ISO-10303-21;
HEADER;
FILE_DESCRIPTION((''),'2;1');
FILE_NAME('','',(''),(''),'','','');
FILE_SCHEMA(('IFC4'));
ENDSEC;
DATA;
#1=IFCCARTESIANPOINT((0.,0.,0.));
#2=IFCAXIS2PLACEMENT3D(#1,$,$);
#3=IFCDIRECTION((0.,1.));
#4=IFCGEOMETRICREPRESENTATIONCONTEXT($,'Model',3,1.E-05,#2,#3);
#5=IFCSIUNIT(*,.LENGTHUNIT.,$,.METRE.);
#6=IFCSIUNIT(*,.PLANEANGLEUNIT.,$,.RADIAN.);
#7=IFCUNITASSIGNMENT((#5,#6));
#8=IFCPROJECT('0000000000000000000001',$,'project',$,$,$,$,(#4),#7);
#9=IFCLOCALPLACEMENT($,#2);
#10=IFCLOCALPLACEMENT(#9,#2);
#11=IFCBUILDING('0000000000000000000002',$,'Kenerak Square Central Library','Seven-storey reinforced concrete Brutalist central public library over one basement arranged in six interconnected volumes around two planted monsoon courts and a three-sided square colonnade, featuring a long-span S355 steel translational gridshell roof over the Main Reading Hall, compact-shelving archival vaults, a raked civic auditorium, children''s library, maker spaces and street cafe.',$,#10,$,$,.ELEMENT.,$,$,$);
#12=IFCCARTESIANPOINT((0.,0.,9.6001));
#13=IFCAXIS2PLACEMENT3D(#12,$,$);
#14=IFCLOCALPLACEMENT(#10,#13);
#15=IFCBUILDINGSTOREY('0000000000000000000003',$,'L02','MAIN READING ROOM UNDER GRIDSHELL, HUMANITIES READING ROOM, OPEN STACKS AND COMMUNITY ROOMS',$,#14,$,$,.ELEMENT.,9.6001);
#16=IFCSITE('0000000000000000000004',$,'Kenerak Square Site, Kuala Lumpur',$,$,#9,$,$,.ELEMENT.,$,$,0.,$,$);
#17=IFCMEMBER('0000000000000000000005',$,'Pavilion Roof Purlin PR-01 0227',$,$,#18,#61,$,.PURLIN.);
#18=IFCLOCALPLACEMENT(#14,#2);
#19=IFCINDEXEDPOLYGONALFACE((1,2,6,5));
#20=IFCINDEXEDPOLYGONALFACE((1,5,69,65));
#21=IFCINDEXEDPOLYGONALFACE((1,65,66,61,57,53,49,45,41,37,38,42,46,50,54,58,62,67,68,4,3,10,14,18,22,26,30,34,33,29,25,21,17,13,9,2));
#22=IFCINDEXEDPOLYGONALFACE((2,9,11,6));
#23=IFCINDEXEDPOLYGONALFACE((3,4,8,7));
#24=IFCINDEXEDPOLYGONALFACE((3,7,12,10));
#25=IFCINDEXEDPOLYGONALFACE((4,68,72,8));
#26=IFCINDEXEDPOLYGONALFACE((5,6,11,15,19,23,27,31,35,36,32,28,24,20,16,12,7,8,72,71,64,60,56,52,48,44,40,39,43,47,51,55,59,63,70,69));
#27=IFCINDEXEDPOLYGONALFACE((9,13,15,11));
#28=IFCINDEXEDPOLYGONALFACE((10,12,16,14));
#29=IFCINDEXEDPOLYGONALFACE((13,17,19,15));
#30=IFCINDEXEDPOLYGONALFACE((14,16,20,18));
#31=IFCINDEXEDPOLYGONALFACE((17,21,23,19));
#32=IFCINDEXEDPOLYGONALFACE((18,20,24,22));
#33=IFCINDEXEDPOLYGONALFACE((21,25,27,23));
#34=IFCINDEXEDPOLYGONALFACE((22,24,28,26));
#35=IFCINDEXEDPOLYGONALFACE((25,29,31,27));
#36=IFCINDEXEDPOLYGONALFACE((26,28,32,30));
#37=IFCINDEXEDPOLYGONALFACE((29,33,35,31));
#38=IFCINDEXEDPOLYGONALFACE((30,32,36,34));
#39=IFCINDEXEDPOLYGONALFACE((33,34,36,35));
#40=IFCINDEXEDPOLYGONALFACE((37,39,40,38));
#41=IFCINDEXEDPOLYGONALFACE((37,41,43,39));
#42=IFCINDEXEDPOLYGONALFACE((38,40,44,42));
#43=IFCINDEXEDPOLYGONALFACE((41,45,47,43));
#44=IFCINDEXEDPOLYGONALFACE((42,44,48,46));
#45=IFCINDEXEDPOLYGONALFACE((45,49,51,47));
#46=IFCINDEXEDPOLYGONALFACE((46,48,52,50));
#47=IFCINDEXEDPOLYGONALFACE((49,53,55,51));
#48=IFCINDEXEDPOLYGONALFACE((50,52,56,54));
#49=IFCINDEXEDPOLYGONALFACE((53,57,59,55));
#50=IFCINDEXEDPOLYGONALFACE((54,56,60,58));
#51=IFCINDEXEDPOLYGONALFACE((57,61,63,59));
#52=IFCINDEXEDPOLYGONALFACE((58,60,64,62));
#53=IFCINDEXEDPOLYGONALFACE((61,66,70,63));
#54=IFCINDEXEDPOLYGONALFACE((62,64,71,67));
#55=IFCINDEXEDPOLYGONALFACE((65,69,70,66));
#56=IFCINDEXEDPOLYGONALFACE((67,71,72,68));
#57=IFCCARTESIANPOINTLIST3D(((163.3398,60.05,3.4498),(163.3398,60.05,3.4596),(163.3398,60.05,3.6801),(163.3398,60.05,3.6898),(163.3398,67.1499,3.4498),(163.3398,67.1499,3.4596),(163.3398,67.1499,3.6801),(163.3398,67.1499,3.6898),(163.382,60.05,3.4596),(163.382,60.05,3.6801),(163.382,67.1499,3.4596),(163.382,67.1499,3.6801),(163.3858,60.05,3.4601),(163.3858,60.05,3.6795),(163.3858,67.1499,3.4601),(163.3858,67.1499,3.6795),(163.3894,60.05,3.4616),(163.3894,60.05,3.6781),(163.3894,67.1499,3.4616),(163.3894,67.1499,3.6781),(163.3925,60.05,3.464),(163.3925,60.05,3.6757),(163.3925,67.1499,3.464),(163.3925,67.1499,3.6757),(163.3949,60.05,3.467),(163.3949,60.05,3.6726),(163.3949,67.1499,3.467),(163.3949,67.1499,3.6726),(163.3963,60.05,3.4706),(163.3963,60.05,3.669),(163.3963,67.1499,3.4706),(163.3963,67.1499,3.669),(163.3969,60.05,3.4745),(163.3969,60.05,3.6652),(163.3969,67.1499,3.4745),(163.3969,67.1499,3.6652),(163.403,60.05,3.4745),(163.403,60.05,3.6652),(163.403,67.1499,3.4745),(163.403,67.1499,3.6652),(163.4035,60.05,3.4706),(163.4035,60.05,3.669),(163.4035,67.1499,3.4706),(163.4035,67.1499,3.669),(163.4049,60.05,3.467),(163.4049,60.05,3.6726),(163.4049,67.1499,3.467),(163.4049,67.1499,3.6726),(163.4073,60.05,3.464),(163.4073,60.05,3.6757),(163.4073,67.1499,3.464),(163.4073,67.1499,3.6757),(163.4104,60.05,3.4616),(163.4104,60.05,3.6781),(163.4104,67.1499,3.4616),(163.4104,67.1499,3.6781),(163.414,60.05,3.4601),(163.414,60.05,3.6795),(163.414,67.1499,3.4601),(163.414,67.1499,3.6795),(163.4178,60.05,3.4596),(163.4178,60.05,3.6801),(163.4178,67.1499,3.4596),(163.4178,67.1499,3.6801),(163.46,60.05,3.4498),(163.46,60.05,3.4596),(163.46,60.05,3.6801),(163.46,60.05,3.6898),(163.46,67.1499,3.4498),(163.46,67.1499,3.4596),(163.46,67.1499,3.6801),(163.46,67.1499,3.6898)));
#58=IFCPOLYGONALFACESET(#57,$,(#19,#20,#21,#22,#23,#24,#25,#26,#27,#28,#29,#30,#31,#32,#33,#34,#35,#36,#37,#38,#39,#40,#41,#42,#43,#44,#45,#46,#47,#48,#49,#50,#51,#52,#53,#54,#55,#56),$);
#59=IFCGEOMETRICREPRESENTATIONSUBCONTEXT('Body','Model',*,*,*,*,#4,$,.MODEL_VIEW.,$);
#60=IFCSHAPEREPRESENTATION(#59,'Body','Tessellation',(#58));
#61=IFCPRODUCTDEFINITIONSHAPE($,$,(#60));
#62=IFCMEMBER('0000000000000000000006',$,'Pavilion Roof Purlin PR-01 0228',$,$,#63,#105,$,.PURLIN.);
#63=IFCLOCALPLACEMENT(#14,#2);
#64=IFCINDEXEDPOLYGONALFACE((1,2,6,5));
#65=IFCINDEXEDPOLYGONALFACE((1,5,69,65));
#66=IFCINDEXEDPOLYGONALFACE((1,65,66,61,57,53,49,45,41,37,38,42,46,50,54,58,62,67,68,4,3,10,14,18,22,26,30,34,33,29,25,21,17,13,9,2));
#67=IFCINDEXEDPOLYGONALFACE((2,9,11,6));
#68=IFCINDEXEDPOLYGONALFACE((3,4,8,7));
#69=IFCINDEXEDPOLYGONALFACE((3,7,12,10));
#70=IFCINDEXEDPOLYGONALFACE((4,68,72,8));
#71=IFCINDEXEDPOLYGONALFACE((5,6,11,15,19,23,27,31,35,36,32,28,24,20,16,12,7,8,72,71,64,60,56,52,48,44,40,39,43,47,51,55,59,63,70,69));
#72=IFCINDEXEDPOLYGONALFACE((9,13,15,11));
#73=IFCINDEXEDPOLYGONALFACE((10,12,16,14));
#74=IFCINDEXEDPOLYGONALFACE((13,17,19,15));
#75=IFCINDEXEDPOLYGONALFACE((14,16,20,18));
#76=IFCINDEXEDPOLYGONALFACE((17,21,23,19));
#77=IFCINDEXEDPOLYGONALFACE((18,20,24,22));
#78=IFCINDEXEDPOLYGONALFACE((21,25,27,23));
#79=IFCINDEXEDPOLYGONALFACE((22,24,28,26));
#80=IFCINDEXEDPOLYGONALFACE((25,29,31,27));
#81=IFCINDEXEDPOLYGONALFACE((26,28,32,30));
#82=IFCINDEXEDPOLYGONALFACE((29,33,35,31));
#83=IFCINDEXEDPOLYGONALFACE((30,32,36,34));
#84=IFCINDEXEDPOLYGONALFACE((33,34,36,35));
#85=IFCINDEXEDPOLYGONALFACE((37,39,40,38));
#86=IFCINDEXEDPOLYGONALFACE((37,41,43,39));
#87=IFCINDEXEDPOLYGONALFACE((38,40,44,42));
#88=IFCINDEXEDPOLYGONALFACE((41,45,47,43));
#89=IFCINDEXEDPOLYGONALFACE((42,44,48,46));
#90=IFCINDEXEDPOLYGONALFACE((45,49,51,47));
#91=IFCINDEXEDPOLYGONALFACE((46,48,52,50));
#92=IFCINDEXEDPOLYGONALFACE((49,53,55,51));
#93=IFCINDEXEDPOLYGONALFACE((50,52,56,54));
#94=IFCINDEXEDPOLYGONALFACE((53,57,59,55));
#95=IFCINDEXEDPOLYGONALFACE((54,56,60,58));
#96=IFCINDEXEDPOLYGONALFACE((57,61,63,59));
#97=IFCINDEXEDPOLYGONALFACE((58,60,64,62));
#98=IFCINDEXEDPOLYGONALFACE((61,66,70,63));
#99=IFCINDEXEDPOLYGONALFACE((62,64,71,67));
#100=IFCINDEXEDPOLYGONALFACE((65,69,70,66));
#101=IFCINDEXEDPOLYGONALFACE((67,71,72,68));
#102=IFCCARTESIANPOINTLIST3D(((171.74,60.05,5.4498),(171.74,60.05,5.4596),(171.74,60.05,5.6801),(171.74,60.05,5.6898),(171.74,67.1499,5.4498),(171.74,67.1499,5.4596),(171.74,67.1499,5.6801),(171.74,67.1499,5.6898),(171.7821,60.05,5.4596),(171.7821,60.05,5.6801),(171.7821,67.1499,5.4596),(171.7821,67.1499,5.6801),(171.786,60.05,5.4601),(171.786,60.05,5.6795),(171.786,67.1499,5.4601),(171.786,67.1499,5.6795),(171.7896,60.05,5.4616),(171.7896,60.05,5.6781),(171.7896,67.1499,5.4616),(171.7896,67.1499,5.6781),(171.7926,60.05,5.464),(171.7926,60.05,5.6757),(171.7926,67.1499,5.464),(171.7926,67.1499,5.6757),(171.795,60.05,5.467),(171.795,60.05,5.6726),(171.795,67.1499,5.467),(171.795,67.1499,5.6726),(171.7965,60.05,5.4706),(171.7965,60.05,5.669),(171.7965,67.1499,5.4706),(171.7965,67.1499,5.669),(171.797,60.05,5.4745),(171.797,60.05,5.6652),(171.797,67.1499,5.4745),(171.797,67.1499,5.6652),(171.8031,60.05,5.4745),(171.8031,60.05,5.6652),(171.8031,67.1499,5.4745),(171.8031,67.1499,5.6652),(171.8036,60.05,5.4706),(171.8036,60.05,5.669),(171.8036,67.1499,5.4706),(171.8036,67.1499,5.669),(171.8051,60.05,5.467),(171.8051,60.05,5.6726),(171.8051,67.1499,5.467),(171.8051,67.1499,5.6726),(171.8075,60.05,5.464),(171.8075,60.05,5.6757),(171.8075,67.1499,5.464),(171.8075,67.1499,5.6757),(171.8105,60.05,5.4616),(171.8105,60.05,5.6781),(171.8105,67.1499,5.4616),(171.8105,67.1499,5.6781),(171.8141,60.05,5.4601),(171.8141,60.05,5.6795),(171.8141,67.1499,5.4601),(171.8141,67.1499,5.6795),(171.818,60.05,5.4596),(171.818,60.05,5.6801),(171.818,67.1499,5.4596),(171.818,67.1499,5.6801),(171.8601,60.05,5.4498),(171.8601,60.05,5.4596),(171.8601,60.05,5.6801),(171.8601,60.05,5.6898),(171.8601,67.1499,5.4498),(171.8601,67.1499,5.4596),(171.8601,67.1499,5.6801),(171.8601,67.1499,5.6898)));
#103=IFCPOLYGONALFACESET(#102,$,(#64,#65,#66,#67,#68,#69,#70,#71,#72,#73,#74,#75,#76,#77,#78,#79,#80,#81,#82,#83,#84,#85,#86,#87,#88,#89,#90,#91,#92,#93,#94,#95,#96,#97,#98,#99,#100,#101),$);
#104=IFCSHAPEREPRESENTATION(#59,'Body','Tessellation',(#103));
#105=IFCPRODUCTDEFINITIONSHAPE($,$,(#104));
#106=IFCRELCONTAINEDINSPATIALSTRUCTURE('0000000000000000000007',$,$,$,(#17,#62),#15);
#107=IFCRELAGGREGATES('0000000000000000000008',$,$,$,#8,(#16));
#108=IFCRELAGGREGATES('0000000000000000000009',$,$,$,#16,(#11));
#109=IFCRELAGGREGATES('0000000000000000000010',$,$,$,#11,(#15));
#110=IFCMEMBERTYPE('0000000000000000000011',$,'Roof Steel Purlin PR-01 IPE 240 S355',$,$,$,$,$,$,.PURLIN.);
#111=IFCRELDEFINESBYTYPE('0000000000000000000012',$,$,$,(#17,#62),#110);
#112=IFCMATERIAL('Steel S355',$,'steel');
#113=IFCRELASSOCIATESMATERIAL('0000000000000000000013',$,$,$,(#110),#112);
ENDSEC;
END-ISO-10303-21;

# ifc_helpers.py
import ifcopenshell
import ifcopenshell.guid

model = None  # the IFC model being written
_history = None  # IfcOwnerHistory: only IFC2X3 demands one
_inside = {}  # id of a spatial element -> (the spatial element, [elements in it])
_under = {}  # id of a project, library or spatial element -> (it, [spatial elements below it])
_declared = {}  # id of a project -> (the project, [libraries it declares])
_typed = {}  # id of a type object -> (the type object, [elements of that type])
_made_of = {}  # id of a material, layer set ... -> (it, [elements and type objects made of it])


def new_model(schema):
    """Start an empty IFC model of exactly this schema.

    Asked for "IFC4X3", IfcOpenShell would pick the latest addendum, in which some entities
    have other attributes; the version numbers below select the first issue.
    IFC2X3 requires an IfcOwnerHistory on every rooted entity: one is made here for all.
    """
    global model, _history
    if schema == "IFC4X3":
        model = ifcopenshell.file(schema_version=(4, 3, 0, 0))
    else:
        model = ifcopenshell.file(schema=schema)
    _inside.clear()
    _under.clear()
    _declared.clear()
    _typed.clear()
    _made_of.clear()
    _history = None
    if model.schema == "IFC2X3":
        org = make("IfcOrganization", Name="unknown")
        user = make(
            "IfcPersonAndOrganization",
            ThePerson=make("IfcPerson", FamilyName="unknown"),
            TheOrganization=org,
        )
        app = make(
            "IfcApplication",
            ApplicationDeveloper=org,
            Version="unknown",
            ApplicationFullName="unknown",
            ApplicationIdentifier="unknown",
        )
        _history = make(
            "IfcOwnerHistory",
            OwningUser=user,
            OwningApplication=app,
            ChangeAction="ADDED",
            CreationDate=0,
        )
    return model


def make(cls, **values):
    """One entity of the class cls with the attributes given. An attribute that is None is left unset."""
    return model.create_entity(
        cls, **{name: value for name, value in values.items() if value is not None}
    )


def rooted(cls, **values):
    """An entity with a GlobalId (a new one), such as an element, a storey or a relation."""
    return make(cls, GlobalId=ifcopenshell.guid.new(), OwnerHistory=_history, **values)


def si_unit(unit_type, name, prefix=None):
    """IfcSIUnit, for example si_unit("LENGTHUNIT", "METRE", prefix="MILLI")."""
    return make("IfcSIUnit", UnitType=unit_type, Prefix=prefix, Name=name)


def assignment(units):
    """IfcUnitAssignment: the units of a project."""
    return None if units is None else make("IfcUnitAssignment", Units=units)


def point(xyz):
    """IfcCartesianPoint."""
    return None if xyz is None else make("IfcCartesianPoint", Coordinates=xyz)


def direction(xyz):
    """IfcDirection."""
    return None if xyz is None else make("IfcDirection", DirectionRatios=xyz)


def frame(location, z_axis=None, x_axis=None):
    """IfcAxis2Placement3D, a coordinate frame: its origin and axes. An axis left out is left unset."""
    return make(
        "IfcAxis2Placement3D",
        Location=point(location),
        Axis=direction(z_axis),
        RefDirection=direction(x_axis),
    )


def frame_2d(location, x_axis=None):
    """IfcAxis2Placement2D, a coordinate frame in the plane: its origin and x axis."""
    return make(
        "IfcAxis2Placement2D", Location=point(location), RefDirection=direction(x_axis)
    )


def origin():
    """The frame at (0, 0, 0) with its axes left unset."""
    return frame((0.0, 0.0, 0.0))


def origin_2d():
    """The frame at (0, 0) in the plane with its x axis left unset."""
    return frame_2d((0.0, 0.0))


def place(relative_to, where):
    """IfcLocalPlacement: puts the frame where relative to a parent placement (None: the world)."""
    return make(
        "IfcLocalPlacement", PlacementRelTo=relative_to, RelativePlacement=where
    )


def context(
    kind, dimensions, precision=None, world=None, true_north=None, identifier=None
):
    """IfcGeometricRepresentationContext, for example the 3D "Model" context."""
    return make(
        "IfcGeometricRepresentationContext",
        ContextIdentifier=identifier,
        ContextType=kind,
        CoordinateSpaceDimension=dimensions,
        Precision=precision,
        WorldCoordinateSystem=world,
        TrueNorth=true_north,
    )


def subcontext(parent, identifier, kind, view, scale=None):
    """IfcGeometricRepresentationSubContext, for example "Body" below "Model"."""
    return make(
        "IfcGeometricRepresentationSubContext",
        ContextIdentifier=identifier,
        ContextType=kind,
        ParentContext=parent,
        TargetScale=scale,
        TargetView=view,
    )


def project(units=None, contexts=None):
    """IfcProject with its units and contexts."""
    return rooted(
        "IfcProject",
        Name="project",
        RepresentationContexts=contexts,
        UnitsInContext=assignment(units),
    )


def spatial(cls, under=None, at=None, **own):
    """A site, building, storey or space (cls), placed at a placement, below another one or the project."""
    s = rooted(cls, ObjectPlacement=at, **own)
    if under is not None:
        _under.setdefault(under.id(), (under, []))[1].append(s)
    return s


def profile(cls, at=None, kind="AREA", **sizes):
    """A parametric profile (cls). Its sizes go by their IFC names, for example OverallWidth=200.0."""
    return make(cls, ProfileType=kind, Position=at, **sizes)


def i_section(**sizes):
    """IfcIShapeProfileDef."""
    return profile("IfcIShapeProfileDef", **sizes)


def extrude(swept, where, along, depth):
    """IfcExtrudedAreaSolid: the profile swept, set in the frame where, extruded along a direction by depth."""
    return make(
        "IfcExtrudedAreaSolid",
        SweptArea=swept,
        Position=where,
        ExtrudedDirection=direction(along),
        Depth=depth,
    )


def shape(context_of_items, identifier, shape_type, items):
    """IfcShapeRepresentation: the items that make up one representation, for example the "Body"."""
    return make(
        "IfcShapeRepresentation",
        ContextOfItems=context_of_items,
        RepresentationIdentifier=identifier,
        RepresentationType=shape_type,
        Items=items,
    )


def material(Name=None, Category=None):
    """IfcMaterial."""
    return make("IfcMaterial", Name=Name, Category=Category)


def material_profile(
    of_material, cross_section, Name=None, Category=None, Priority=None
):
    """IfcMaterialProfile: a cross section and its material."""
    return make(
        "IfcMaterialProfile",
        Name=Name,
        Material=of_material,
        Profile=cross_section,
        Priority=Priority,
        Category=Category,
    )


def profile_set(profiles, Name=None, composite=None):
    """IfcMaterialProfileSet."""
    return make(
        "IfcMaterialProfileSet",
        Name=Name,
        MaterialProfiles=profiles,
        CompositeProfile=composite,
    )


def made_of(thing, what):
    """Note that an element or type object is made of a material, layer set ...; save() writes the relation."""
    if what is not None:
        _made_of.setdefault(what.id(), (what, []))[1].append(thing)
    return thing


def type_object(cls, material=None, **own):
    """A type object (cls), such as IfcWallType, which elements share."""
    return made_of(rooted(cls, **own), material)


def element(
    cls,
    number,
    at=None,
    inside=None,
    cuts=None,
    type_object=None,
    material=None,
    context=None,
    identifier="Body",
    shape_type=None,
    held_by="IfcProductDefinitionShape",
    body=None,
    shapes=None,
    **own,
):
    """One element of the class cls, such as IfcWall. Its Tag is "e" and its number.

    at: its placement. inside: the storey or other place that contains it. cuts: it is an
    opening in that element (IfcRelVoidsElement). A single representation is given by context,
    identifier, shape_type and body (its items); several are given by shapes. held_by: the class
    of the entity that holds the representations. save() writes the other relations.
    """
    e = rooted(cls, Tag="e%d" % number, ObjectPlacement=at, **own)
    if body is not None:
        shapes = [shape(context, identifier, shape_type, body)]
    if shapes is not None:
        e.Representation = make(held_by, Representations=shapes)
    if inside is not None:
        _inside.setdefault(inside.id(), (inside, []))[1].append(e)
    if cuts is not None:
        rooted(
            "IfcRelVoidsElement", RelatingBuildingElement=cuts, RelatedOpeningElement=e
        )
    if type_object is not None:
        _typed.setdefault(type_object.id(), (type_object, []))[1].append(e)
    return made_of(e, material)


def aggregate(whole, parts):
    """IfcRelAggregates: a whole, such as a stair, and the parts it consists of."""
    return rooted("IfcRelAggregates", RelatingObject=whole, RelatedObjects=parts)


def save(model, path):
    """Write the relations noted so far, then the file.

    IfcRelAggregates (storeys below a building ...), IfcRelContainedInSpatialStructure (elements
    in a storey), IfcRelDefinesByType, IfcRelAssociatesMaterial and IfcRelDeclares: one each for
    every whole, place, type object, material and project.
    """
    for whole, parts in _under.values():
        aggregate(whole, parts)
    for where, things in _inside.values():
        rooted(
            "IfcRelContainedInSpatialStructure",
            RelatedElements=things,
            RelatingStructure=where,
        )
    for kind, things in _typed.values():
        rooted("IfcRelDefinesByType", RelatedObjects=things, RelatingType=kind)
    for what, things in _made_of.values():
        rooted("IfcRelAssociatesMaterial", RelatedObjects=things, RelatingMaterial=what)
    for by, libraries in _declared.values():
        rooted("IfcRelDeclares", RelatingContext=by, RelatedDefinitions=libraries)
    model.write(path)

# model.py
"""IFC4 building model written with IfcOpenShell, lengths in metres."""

from ifc_helpers import new_model, si_unit, direction, frame, origin, origin_2d, place, context, subcontext, project, spatial, i_section, extrude, material, material_profile, profile_set, type_object, element, save


model = new_model("IFC4")

# Units and contexts
model_context = context("Model", 3, precision=1e-05, world=origin(), true_north=direction((0.0, 1.0)))
body_context = subcontext(model_context, "Body", "Model", "MODEL_VIEW")
ifc_project = project(units=[si_unit("LENGTHUNIT", "METRE"), si_unit("PLANEANGLEUNIT", "RADIAN")], contexts=[model_context])

# Site, building, storey
site_placement = place(None, origin())
site = spatial("IfcSite", under=ifc_project, at=site_placement, Name="Kenerak Square Site, Kuala Lumpur", CompositionType="ELEMENT", RefElevation=0.0)
building_placement = place(site_placement, origin())
building = spatial("IfcBuilding", under=site, at=building_placement, Name="Kenerak Square Central Library", Description="Seven-storey reinforced concrete Brutalist central public library over one basement arranged in six interconnected volumes around two planted monsoon courts and a three-sided square colonnade, featuring a long-span S355 steel translational gridshell roof over the Main Reading Hall, compact-shelving archival vaults, a raked civic auditorium, children's library, maker spaces and street cafe.", CompositionType="ELEMENT")
storey_placement = place(building_placement, frame((0.0, 0.0, 9.6001)))
storey = spatial("IfcBuildingStorey", under=building, at=storey_placement, Name="L02", Description="MAIN READING ROOM UNDER GRIDSHELL, HUMANITIES READING ROOM, OPEN STACKS AND COMMUNITY ROOMS", CompositionType="ELEMENT", Elevation=9.6001)

# Shared definitions
ifc_material_1 = material(Name="Steel S355", Category="steel")

# Members
ifc_material_profile_1 = material_profile(ifc_material_1, i_section(OverallWidth=0.1201, OverallDepth=0.24, WebThickness=0.0061, FlangeThickness=0.0098, FilletRadius=0.0149, at=origin_2d()), Name="IPE 240")
ifc_profile_set_1 = profile_set([ifc_material_profile_1], Name="Steel S355")
member_type = type_object("IfcMemberType", Name="Roof Steel Purlin PR-01 IPE 240 S355", PredefinedType="PURLIN", material=ifc_profile_set_1)
for number, where, z_axis, x_axis, name in (
    (1, (163.3999, 60.05, 3.5698), (0.0, 1.0, 0.0), (-1.0, 0.0, 0.0), "Pavilion Roof Purlin PR-01 0227"),
    (2, (171.8, 60.05, 5.5698), (0.0, 1.0, 0.0), (-1.0, 0.0, 0.0), "Pavilion Roof Purlin PR-01 0228"),
):
    element("IfcMember", number, at=place(storey_placement, frame(where, z_axis=z_axis, x_axis=x_axis)), inside=storey, type_object=member_type, Name=name, PredefinedType="PURLIN", context=body_context, shape_type="SweptSolid", body=[
        extrude(i_section(OverallWidth=0.1201, OverallDepth=0.24, WebThickness=0.0061, FlangeThickness=0.0098, FilletRadius=0.0149, at=origin_2d()), origin(), (0.0, 0.0, 1.0), 7.0999),
    ])

save(model, "model.ifc")
